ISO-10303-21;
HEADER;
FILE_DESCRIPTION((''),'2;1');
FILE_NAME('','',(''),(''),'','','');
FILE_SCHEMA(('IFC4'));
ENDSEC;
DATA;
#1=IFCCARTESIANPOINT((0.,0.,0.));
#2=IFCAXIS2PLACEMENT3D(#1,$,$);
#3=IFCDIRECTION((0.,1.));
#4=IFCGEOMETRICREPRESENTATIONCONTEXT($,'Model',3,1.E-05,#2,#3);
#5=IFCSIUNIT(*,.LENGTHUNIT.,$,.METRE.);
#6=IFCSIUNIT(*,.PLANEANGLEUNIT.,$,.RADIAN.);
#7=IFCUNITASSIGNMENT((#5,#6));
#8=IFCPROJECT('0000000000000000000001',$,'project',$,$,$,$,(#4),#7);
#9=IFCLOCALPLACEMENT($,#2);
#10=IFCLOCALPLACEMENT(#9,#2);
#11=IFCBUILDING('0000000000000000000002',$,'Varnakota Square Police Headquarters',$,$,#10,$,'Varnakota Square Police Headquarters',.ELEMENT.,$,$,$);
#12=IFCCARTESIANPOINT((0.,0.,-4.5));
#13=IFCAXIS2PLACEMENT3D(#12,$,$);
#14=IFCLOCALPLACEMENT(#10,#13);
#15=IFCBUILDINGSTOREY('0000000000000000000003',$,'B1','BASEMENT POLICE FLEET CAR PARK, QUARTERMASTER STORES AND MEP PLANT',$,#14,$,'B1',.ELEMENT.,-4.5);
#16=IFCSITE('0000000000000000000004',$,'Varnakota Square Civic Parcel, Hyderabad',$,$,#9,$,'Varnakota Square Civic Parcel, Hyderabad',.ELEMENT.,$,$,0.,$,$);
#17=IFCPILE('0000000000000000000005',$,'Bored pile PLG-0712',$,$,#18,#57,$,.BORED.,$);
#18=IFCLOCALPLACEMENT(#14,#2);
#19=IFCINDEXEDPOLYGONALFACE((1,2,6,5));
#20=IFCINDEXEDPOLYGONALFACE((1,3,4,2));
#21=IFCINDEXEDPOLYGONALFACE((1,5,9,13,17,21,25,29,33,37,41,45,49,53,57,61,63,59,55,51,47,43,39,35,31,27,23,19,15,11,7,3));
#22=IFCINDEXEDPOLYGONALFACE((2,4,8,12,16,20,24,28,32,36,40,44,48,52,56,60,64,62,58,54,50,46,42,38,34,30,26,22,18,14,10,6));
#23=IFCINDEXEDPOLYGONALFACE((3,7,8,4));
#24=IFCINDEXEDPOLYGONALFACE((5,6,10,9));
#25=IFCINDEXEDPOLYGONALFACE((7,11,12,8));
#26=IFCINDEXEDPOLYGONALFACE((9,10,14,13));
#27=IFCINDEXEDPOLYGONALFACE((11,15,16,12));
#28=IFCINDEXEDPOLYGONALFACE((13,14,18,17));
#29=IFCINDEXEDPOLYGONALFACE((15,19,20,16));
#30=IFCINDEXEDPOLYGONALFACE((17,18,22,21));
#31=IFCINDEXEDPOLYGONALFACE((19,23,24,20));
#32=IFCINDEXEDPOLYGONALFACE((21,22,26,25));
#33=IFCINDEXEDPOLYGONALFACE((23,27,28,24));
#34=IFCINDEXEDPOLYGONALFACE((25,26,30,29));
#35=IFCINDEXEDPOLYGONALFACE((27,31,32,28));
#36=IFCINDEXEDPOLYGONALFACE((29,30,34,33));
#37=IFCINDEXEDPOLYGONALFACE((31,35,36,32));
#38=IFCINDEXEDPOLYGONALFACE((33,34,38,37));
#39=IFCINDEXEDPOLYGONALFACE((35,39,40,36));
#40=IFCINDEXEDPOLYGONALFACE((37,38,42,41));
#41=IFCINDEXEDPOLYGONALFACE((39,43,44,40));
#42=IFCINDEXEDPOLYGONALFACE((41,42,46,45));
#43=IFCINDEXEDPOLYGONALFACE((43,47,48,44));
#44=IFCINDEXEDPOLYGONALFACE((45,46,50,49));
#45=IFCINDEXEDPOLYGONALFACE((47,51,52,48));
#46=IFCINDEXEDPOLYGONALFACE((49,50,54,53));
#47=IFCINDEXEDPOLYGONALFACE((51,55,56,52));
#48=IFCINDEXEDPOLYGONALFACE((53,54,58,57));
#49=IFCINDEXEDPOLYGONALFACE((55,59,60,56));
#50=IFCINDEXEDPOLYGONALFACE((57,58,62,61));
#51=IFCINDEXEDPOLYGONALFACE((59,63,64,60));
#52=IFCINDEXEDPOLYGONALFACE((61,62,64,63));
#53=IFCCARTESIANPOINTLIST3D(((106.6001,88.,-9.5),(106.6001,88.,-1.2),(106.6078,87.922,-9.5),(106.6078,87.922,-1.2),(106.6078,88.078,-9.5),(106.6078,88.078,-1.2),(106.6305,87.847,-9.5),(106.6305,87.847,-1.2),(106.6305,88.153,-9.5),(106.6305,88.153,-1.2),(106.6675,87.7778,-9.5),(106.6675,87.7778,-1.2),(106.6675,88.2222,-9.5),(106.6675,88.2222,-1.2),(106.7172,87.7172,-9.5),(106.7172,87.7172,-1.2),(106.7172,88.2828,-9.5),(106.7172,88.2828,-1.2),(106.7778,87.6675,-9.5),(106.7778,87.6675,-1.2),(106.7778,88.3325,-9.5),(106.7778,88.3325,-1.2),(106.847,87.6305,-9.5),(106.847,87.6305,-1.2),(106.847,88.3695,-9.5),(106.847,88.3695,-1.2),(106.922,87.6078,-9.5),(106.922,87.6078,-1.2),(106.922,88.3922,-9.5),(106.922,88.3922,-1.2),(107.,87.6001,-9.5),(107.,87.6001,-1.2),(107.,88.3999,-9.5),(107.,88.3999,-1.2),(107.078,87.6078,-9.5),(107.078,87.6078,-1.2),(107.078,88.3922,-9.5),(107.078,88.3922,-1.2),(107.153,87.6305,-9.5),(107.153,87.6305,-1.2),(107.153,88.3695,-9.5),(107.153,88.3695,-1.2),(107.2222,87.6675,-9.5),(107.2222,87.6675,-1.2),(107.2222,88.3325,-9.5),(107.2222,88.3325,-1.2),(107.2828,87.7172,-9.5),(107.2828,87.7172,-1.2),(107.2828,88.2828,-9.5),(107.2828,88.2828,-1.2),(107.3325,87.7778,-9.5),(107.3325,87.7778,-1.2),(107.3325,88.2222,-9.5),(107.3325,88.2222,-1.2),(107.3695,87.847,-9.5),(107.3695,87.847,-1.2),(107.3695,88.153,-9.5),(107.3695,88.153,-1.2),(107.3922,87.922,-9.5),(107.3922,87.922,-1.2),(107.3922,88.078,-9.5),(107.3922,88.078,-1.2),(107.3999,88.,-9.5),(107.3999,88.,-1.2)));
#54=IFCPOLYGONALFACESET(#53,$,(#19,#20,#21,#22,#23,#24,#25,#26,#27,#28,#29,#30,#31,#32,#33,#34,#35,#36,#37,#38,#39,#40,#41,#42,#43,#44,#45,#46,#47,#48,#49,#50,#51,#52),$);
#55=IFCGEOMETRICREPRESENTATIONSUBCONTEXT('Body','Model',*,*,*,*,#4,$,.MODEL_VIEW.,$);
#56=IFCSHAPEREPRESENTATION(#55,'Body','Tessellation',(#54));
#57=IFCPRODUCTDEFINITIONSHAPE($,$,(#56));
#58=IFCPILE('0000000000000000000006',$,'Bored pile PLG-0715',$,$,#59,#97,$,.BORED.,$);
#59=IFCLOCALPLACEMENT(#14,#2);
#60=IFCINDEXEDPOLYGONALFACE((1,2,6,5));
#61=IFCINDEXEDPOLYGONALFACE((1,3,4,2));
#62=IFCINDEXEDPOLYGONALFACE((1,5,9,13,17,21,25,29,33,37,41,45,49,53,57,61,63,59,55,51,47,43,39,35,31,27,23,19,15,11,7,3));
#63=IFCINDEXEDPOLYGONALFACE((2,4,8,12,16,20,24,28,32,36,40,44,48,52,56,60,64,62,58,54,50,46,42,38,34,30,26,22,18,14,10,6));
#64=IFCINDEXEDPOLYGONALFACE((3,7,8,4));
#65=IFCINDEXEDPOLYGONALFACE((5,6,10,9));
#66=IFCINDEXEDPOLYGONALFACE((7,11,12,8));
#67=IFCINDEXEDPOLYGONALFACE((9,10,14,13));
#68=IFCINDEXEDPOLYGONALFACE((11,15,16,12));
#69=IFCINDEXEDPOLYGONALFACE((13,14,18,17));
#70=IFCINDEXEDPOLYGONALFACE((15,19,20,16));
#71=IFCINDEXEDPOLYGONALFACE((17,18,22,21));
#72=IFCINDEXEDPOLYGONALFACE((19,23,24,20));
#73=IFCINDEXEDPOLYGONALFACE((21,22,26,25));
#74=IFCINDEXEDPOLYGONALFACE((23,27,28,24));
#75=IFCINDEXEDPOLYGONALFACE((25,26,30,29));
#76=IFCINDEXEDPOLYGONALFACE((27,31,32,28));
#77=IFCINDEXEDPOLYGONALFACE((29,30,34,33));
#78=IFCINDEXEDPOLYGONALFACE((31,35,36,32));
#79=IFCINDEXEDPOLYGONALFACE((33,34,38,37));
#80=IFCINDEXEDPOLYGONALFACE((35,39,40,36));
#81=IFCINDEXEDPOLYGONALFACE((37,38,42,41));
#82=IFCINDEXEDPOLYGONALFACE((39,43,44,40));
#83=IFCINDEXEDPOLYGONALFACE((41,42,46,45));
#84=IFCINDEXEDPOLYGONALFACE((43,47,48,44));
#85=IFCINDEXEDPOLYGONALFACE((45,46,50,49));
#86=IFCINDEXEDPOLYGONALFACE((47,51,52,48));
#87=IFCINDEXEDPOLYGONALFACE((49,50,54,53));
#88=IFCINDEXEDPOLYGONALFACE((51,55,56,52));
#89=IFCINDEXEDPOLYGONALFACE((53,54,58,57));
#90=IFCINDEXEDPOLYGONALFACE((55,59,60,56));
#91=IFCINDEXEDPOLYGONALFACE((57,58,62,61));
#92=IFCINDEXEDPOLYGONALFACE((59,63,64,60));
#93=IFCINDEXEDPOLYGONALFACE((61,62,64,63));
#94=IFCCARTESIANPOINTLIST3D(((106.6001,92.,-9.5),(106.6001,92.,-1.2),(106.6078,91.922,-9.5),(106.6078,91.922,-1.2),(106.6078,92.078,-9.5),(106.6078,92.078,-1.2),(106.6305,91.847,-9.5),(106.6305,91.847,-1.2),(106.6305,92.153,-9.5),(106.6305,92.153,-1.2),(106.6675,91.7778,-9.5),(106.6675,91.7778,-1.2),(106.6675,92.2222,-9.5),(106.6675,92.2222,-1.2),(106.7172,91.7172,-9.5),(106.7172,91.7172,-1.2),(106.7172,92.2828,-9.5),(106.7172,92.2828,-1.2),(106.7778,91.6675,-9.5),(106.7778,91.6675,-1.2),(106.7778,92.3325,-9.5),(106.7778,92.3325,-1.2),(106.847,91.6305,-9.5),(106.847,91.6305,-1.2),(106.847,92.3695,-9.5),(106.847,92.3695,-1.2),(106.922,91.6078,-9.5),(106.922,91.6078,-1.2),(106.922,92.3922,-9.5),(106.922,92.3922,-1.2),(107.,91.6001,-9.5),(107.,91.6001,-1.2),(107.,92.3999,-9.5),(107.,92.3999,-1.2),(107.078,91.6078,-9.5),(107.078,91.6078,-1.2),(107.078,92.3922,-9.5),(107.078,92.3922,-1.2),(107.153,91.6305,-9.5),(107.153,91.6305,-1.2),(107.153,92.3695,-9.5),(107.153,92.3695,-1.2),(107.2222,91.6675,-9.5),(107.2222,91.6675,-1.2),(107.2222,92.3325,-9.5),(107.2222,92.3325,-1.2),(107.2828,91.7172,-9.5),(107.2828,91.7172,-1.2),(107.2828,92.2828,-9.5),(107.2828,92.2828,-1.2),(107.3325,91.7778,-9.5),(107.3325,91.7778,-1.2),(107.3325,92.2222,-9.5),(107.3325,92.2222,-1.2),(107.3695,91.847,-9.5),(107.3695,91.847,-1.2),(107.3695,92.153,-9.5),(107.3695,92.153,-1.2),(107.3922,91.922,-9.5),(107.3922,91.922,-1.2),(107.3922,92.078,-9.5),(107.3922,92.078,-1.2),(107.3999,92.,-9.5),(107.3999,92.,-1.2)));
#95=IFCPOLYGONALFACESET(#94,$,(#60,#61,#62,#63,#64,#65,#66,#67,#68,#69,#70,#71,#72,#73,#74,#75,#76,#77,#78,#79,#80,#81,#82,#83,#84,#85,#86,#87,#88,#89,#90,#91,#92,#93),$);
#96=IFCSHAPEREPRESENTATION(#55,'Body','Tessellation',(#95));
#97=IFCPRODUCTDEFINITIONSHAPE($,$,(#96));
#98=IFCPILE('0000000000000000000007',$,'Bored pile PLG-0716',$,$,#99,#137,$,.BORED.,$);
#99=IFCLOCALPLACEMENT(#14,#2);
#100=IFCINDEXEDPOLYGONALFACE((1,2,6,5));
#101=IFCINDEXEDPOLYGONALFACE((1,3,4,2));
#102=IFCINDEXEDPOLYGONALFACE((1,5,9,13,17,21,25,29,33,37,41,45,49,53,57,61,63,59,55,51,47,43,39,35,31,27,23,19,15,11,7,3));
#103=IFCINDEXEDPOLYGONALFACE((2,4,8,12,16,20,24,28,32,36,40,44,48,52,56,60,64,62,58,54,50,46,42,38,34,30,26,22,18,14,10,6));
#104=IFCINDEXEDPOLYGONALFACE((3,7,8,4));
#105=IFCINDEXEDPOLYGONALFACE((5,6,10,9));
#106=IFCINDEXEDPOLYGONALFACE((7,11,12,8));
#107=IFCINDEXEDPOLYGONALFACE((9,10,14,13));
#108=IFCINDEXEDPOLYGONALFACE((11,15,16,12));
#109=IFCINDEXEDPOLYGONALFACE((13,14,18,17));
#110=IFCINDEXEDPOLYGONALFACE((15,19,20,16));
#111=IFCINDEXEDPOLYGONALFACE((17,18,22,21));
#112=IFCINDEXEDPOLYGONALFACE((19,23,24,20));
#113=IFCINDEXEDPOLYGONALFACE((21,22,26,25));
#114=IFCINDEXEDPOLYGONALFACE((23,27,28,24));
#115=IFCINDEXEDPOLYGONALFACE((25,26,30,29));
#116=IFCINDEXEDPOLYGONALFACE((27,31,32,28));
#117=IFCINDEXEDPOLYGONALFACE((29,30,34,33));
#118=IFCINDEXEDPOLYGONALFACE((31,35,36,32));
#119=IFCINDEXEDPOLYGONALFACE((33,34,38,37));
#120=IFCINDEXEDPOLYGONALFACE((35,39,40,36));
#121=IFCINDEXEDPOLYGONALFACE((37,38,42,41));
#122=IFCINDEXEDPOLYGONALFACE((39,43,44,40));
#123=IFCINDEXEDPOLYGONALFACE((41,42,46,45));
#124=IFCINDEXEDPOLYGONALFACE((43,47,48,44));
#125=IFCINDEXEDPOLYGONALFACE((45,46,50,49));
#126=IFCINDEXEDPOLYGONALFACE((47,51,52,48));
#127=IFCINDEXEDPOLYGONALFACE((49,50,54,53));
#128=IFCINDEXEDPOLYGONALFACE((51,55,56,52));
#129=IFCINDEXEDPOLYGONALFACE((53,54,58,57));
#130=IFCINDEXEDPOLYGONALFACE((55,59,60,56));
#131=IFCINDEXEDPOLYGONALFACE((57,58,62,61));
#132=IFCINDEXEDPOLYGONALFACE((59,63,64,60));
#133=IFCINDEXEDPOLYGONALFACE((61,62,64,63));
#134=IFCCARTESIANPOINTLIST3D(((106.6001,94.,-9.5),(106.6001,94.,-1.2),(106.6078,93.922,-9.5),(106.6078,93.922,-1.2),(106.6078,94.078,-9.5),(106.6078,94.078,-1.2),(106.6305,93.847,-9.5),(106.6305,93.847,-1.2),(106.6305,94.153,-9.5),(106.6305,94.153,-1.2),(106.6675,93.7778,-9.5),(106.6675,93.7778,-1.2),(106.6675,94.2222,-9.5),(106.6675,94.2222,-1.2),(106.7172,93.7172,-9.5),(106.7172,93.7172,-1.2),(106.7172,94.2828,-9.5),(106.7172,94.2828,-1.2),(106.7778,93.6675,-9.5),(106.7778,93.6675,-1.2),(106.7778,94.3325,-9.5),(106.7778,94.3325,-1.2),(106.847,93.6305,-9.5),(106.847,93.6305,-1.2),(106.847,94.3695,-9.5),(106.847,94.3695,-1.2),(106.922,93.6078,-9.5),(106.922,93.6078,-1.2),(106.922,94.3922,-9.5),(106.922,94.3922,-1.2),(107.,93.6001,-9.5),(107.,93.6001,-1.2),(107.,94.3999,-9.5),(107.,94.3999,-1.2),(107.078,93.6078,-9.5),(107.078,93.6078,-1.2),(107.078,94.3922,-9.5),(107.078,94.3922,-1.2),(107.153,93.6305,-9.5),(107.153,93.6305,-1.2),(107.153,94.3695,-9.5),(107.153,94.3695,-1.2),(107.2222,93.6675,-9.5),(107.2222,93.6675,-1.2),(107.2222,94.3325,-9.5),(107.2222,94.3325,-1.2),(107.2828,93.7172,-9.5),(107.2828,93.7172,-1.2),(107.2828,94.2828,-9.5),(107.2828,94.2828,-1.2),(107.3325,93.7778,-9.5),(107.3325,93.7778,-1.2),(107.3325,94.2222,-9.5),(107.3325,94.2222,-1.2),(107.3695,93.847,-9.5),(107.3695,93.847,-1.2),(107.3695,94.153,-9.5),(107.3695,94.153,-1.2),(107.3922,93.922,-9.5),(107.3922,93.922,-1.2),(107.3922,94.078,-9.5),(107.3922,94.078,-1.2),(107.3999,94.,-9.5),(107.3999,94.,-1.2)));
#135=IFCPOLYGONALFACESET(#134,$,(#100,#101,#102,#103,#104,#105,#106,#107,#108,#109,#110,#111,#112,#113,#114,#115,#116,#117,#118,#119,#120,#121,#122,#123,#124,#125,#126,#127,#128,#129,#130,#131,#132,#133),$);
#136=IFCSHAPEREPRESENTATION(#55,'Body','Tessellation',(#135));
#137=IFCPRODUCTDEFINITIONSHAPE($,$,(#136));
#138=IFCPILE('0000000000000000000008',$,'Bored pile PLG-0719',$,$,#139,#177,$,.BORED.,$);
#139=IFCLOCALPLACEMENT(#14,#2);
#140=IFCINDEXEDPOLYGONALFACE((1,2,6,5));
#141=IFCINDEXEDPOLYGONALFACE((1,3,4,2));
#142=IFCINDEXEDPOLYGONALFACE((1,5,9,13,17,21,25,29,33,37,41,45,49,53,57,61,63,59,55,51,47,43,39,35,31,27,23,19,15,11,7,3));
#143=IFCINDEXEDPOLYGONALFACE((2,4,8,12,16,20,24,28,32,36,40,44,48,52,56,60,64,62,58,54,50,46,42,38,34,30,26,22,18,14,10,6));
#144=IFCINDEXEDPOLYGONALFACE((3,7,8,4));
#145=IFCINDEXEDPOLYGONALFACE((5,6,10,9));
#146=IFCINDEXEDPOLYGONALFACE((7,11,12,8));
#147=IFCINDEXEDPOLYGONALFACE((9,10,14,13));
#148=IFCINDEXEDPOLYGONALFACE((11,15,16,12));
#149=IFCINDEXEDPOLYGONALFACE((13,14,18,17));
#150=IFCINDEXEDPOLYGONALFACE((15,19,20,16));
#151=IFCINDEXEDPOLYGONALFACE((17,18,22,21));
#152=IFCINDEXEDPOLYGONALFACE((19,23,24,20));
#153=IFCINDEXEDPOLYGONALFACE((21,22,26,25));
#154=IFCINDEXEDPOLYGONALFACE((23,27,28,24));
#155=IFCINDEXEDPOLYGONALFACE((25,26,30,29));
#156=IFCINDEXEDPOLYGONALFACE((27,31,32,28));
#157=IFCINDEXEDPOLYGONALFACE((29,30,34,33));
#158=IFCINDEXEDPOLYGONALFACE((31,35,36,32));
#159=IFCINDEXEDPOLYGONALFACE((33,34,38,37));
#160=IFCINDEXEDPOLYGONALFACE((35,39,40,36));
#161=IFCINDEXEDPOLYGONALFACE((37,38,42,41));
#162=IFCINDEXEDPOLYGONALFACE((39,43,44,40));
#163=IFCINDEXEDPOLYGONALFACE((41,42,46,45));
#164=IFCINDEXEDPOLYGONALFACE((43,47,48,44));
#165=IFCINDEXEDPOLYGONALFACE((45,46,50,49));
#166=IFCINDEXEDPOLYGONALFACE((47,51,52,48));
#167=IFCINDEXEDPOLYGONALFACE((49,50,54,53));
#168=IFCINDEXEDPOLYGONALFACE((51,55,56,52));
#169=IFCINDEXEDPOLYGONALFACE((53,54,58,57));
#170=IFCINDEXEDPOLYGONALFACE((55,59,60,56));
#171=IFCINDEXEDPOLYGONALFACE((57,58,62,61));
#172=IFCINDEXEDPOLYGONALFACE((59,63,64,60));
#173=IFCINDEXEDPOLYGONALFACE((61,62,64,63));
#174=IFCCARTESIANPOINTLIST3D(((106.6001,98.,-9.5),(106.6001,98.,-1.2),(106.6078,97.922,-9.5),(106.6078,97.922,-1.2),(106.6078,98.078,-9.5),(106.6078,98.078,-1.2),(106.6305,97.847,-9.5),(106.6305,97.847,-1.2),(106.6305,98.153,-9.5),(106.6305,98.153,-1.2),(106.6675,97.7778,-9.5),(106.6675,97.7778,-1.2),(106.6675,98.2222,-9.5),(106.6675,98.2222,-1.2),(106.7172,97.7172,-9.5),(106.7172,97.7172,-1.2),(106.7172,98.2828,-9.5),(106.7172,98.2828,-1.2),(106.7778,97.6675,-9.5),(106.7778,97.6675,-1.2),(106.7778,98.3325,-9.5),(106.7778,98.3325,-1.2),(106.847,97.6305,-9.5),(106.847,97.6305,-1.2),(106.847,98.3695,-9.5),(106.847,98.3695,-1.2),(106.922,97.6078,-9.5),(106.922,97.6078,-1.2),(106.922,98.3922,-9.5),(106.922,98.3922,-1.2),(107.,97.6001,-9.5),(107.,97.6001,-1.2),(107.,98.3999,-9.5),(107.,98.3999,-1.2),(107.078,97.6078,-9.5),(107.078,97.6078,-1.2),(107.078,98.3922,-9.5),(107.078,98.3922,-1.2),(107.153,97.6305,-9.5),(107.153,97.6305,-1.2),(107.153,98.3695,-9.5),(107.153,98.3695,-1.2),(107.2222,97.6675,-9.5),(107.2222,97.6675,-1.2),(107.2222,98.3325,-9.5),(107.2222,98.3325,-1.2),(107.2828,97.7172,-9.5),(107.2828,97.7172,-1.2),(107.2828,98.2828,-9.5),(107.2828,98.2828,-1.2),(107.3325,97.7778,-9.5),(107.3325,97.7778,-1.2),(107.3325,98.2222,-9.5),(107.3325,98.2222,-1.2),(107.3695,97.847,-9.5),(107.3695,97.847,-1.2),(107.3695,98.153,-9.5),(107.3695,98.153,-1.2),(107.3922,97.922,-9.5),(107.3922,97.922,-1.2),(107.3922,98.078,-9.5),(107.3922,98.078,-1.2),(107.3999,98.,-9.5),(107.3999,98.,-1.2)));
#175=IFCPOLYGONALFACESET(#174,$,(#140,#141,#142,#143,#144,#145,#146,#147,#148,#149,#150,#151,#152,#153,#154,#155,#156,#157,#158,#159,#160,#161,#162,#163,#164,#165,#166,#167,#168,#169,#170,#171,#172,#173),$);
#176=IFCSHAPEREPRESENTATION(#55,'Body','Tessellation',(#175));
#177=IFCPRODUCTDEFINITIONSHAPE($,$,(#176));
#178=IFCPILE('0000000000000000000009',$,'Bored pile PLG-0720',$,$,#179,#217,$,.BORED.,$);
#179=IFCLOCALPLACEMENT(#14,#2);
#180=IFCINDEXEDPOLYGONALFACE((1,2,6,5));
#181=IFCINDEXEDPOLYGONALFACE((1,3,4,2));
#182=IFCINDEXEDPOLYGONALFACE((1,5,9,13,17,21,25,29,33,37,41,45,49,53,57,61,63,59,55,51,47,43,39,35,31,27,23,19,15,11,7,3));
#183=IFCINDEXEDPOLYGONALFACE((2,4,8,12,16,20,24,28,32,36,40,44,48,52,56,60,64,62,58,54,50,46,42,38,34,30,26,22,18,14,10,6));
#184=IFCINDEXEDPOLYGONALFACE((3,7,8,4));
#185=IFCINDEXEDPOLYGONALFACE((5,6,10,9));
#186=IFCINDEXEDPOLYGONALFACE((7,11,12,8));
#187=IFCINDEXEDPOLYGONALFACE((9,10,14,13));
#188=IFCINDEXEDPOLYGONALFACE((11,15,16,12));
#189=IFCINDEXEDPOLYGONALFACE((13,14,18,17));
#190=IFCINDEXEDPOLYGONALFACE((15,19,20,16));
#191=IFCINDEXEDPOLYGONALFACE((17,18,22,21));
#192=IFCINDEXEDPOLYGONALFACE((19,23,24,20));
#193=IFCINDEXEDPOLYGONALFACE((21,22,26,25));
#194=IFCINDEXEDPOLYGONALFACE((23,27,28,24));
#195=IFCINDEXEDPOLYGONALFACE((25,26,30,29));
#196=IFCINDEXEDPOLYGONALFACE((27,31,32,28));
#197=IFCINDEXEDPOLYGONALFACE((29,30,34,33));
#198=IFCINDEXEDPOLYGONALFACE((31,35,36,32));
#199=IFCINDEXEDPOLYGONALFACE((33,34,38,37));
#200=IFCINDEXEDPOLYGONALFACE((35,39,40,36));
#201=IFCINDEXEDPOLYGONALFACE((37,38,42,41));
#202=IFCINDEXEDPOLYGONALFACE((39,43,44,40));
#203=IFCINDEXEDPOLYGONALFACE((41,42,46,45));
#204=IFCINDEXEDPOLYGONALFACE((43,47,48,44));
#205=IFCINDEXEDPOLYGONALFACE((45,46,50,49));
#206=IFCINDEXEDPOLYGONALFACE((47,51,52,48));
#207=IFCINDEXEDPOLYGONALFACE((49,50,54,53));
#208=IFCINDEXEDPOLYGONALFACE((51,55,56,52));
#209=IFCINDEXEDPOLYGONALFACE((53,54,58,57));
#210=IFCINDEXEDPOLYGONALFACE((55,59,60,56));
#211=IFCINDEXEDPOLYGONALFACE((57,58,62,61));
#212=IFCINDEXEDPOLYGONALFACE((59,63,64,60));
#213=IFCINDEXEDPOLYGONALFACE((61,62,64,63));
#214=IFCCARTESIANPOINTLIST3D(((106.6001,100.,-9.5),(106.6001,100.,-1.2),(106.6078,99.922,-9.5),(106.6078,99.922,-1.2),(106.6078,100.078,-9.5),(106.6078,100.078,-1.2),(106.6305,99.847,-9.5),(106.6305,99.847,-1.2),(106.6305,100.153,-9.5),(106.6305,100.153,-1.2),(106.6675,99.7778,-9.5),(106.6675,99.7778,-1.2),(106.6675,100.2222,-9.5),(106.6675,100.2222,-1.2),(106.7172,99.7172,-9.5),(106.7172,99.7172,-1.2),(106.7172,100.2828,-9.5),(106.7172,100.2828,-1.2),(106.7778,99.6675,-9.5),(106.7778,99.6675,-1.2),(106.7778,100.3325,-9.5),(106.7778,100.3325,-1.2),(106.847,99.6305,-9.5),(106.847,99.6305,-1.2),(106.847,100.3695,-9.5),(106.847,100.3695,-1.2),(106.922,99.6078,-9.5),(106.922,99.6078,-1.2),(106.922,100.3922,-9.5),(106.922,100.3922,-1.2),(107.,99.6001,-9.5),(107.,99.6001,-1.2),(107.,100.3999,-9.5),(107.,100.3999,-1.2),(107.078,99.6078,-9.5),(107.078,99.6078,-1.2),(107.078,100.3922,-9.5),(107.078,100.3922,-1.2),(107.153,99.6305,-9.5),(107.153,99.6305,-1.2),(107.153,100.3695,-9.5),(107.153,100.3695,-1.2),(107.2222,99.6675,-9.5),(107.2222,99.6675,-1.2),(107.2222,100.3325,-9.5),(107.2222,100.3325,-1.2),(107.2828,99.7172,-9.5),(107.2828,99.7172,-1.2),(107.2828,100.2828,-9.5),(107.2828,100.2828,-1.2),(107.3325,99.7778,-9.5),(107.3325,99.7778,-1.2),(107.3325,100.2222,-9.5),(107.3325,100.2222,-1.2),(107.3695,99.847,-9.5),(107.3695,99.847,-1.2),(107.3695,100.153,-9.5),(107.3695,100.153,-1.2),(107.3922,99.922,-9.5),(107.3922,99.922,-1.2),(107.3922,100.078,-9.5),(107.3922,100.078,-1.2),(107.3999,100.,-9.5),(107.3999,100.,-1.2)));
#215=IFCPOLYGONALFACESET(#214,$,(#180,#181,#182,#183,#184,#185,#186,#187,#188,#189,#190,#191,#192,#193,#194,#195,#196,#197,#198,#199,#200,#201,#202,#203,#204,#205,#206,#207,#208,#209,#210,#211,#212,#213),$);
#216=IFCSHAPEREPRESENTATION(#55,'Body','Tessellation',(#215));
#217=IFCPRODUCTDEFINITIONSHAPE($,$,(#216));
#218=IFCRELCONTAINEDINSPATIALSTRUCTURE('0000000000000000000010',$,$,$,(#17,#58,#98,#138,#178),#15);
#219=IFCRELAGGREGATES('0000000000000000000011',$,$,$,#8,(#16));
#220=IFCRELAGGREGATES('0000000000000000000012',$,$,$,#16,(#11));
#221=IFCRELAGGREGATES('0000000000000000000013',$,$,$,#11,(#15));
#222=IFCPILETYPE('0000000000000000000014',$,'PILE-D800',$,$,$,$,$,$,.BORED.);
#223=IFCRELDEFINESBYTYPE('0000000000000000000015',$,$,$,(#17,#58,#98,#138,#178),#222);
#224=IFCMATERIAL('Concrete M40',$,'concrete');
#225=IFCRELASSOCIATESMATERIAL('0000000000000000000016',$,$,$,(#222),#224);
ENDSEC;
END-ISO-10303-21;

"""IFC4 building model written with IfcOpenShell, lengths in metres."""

from ifc_helpers import new_model, si_unit, direction, frame, origin, origin_2d, place, context, subcontext, project, spatial, circle, extrude, material, material_profile, profile_set, type_object, element, save


model = new_model("IFC4")

# Units and contexts
model_context = context("Model", 3, precision=1e-05, world=origin(), true_north=direction((0.0, 1.0)))
body_context = subcontext(model_context, "Body", "Model", "MODEL_VIEW")
ifc_project = project(units=[si_unit("LENGTHUNIT", "METRE"), si_unit("PLANEANGLEUNIT", "RADIAN")], contexts=[model_context])

# Site, building, storey
site_placement = place(None, origin())
site = spatial("IfcSite", under=ifc_project, at=site_placement, Name="Varnakota Square Civic Parcel, Hyderabad", LongName="Varnakota Square Civic Parcel, Hyderabad", CompositionType="ELEMENT", RefElevation=0.0)
building_placement = place(site_placement, origin())
building = spatial("IfcBuilding", under=site, at=building_placement, Name="Varnakota Square Police Headquarters", LongName="Varnakota Square Police Headquarters", CompositionType="ELEMENT")
storey_placement = place(building_placement, frame((0.0, 0.0, -4.5)))
storey = spatial("IfcBuildingStorey", under=building, at=storey_placement, Name="B1", Description="BASEMENT POLICE FLEET CAR PARK, QUARTERMASTER STORES AND MEP PLANT", LongName="B1", CompositionType="ELEMENT", Elevation=-4.5)

# Shared definitions
ifc_material_1 = material(Name="Concrete M40", Category="concrete")

# Piles
ifc_material_profile_1 = material_profile(ifc_material_1, circle(Radius=0.3999, at=origin_2d()), Name="BORED PILE 800")
ifc_profile_set_1 = profile_set([ifc_material_profile_1], Name="Concrete M40")
pile_type_1 = type_object("IfcPileType", Name="PILE-D800", PredefinedType="BORED", material=ifc_profile_set_1)
for number, where, z_axis, x_axis, name in (
    (1, (107.0, 88.0, -1.2), (0.0, 0.0, -1.0), (1.0, 0.0, 0.0), "Bored pile PLG-0712"),
    (2, (107.0, 92.0, -1.2), (0.0, 0.0, -1.0), (1.0, 0.0, 0.0), "Bored pile PLG-0715"),
    (3, (107.0, 94.0, -1.2), (0.0, 0.0, -1.0), (1.0, 0.0, 0.0), "Bored pile PLG-0716"),
    (4, (107.0, 98.0, -1.2), (0.0, 0.0, -1.0), (1.0, 0.0, 0.0), "Bored pile PLG-0719"),
    (5, (107.0, 100.0, -1.2), (0.0, 0.0, -1.0), (1.0, 0.0, 0.0), "Bored pile PLG-0720"),
):
    element("IfcPile", number, at=place(storey_placement, frame(where, z_axis=z_axis, x_axis=x_axis)), inside=storey, type_object=pile_type_1, Name=name, PredefinedType="BORED", context=body_context, shape_type="SweptSolid", body=[
        extrude(circle(Radius=0.3999, at=origin_2d()), origin(), (0.0, 0.0, 1.0), 8.3),
    ])

save(model, "model.ifc")
